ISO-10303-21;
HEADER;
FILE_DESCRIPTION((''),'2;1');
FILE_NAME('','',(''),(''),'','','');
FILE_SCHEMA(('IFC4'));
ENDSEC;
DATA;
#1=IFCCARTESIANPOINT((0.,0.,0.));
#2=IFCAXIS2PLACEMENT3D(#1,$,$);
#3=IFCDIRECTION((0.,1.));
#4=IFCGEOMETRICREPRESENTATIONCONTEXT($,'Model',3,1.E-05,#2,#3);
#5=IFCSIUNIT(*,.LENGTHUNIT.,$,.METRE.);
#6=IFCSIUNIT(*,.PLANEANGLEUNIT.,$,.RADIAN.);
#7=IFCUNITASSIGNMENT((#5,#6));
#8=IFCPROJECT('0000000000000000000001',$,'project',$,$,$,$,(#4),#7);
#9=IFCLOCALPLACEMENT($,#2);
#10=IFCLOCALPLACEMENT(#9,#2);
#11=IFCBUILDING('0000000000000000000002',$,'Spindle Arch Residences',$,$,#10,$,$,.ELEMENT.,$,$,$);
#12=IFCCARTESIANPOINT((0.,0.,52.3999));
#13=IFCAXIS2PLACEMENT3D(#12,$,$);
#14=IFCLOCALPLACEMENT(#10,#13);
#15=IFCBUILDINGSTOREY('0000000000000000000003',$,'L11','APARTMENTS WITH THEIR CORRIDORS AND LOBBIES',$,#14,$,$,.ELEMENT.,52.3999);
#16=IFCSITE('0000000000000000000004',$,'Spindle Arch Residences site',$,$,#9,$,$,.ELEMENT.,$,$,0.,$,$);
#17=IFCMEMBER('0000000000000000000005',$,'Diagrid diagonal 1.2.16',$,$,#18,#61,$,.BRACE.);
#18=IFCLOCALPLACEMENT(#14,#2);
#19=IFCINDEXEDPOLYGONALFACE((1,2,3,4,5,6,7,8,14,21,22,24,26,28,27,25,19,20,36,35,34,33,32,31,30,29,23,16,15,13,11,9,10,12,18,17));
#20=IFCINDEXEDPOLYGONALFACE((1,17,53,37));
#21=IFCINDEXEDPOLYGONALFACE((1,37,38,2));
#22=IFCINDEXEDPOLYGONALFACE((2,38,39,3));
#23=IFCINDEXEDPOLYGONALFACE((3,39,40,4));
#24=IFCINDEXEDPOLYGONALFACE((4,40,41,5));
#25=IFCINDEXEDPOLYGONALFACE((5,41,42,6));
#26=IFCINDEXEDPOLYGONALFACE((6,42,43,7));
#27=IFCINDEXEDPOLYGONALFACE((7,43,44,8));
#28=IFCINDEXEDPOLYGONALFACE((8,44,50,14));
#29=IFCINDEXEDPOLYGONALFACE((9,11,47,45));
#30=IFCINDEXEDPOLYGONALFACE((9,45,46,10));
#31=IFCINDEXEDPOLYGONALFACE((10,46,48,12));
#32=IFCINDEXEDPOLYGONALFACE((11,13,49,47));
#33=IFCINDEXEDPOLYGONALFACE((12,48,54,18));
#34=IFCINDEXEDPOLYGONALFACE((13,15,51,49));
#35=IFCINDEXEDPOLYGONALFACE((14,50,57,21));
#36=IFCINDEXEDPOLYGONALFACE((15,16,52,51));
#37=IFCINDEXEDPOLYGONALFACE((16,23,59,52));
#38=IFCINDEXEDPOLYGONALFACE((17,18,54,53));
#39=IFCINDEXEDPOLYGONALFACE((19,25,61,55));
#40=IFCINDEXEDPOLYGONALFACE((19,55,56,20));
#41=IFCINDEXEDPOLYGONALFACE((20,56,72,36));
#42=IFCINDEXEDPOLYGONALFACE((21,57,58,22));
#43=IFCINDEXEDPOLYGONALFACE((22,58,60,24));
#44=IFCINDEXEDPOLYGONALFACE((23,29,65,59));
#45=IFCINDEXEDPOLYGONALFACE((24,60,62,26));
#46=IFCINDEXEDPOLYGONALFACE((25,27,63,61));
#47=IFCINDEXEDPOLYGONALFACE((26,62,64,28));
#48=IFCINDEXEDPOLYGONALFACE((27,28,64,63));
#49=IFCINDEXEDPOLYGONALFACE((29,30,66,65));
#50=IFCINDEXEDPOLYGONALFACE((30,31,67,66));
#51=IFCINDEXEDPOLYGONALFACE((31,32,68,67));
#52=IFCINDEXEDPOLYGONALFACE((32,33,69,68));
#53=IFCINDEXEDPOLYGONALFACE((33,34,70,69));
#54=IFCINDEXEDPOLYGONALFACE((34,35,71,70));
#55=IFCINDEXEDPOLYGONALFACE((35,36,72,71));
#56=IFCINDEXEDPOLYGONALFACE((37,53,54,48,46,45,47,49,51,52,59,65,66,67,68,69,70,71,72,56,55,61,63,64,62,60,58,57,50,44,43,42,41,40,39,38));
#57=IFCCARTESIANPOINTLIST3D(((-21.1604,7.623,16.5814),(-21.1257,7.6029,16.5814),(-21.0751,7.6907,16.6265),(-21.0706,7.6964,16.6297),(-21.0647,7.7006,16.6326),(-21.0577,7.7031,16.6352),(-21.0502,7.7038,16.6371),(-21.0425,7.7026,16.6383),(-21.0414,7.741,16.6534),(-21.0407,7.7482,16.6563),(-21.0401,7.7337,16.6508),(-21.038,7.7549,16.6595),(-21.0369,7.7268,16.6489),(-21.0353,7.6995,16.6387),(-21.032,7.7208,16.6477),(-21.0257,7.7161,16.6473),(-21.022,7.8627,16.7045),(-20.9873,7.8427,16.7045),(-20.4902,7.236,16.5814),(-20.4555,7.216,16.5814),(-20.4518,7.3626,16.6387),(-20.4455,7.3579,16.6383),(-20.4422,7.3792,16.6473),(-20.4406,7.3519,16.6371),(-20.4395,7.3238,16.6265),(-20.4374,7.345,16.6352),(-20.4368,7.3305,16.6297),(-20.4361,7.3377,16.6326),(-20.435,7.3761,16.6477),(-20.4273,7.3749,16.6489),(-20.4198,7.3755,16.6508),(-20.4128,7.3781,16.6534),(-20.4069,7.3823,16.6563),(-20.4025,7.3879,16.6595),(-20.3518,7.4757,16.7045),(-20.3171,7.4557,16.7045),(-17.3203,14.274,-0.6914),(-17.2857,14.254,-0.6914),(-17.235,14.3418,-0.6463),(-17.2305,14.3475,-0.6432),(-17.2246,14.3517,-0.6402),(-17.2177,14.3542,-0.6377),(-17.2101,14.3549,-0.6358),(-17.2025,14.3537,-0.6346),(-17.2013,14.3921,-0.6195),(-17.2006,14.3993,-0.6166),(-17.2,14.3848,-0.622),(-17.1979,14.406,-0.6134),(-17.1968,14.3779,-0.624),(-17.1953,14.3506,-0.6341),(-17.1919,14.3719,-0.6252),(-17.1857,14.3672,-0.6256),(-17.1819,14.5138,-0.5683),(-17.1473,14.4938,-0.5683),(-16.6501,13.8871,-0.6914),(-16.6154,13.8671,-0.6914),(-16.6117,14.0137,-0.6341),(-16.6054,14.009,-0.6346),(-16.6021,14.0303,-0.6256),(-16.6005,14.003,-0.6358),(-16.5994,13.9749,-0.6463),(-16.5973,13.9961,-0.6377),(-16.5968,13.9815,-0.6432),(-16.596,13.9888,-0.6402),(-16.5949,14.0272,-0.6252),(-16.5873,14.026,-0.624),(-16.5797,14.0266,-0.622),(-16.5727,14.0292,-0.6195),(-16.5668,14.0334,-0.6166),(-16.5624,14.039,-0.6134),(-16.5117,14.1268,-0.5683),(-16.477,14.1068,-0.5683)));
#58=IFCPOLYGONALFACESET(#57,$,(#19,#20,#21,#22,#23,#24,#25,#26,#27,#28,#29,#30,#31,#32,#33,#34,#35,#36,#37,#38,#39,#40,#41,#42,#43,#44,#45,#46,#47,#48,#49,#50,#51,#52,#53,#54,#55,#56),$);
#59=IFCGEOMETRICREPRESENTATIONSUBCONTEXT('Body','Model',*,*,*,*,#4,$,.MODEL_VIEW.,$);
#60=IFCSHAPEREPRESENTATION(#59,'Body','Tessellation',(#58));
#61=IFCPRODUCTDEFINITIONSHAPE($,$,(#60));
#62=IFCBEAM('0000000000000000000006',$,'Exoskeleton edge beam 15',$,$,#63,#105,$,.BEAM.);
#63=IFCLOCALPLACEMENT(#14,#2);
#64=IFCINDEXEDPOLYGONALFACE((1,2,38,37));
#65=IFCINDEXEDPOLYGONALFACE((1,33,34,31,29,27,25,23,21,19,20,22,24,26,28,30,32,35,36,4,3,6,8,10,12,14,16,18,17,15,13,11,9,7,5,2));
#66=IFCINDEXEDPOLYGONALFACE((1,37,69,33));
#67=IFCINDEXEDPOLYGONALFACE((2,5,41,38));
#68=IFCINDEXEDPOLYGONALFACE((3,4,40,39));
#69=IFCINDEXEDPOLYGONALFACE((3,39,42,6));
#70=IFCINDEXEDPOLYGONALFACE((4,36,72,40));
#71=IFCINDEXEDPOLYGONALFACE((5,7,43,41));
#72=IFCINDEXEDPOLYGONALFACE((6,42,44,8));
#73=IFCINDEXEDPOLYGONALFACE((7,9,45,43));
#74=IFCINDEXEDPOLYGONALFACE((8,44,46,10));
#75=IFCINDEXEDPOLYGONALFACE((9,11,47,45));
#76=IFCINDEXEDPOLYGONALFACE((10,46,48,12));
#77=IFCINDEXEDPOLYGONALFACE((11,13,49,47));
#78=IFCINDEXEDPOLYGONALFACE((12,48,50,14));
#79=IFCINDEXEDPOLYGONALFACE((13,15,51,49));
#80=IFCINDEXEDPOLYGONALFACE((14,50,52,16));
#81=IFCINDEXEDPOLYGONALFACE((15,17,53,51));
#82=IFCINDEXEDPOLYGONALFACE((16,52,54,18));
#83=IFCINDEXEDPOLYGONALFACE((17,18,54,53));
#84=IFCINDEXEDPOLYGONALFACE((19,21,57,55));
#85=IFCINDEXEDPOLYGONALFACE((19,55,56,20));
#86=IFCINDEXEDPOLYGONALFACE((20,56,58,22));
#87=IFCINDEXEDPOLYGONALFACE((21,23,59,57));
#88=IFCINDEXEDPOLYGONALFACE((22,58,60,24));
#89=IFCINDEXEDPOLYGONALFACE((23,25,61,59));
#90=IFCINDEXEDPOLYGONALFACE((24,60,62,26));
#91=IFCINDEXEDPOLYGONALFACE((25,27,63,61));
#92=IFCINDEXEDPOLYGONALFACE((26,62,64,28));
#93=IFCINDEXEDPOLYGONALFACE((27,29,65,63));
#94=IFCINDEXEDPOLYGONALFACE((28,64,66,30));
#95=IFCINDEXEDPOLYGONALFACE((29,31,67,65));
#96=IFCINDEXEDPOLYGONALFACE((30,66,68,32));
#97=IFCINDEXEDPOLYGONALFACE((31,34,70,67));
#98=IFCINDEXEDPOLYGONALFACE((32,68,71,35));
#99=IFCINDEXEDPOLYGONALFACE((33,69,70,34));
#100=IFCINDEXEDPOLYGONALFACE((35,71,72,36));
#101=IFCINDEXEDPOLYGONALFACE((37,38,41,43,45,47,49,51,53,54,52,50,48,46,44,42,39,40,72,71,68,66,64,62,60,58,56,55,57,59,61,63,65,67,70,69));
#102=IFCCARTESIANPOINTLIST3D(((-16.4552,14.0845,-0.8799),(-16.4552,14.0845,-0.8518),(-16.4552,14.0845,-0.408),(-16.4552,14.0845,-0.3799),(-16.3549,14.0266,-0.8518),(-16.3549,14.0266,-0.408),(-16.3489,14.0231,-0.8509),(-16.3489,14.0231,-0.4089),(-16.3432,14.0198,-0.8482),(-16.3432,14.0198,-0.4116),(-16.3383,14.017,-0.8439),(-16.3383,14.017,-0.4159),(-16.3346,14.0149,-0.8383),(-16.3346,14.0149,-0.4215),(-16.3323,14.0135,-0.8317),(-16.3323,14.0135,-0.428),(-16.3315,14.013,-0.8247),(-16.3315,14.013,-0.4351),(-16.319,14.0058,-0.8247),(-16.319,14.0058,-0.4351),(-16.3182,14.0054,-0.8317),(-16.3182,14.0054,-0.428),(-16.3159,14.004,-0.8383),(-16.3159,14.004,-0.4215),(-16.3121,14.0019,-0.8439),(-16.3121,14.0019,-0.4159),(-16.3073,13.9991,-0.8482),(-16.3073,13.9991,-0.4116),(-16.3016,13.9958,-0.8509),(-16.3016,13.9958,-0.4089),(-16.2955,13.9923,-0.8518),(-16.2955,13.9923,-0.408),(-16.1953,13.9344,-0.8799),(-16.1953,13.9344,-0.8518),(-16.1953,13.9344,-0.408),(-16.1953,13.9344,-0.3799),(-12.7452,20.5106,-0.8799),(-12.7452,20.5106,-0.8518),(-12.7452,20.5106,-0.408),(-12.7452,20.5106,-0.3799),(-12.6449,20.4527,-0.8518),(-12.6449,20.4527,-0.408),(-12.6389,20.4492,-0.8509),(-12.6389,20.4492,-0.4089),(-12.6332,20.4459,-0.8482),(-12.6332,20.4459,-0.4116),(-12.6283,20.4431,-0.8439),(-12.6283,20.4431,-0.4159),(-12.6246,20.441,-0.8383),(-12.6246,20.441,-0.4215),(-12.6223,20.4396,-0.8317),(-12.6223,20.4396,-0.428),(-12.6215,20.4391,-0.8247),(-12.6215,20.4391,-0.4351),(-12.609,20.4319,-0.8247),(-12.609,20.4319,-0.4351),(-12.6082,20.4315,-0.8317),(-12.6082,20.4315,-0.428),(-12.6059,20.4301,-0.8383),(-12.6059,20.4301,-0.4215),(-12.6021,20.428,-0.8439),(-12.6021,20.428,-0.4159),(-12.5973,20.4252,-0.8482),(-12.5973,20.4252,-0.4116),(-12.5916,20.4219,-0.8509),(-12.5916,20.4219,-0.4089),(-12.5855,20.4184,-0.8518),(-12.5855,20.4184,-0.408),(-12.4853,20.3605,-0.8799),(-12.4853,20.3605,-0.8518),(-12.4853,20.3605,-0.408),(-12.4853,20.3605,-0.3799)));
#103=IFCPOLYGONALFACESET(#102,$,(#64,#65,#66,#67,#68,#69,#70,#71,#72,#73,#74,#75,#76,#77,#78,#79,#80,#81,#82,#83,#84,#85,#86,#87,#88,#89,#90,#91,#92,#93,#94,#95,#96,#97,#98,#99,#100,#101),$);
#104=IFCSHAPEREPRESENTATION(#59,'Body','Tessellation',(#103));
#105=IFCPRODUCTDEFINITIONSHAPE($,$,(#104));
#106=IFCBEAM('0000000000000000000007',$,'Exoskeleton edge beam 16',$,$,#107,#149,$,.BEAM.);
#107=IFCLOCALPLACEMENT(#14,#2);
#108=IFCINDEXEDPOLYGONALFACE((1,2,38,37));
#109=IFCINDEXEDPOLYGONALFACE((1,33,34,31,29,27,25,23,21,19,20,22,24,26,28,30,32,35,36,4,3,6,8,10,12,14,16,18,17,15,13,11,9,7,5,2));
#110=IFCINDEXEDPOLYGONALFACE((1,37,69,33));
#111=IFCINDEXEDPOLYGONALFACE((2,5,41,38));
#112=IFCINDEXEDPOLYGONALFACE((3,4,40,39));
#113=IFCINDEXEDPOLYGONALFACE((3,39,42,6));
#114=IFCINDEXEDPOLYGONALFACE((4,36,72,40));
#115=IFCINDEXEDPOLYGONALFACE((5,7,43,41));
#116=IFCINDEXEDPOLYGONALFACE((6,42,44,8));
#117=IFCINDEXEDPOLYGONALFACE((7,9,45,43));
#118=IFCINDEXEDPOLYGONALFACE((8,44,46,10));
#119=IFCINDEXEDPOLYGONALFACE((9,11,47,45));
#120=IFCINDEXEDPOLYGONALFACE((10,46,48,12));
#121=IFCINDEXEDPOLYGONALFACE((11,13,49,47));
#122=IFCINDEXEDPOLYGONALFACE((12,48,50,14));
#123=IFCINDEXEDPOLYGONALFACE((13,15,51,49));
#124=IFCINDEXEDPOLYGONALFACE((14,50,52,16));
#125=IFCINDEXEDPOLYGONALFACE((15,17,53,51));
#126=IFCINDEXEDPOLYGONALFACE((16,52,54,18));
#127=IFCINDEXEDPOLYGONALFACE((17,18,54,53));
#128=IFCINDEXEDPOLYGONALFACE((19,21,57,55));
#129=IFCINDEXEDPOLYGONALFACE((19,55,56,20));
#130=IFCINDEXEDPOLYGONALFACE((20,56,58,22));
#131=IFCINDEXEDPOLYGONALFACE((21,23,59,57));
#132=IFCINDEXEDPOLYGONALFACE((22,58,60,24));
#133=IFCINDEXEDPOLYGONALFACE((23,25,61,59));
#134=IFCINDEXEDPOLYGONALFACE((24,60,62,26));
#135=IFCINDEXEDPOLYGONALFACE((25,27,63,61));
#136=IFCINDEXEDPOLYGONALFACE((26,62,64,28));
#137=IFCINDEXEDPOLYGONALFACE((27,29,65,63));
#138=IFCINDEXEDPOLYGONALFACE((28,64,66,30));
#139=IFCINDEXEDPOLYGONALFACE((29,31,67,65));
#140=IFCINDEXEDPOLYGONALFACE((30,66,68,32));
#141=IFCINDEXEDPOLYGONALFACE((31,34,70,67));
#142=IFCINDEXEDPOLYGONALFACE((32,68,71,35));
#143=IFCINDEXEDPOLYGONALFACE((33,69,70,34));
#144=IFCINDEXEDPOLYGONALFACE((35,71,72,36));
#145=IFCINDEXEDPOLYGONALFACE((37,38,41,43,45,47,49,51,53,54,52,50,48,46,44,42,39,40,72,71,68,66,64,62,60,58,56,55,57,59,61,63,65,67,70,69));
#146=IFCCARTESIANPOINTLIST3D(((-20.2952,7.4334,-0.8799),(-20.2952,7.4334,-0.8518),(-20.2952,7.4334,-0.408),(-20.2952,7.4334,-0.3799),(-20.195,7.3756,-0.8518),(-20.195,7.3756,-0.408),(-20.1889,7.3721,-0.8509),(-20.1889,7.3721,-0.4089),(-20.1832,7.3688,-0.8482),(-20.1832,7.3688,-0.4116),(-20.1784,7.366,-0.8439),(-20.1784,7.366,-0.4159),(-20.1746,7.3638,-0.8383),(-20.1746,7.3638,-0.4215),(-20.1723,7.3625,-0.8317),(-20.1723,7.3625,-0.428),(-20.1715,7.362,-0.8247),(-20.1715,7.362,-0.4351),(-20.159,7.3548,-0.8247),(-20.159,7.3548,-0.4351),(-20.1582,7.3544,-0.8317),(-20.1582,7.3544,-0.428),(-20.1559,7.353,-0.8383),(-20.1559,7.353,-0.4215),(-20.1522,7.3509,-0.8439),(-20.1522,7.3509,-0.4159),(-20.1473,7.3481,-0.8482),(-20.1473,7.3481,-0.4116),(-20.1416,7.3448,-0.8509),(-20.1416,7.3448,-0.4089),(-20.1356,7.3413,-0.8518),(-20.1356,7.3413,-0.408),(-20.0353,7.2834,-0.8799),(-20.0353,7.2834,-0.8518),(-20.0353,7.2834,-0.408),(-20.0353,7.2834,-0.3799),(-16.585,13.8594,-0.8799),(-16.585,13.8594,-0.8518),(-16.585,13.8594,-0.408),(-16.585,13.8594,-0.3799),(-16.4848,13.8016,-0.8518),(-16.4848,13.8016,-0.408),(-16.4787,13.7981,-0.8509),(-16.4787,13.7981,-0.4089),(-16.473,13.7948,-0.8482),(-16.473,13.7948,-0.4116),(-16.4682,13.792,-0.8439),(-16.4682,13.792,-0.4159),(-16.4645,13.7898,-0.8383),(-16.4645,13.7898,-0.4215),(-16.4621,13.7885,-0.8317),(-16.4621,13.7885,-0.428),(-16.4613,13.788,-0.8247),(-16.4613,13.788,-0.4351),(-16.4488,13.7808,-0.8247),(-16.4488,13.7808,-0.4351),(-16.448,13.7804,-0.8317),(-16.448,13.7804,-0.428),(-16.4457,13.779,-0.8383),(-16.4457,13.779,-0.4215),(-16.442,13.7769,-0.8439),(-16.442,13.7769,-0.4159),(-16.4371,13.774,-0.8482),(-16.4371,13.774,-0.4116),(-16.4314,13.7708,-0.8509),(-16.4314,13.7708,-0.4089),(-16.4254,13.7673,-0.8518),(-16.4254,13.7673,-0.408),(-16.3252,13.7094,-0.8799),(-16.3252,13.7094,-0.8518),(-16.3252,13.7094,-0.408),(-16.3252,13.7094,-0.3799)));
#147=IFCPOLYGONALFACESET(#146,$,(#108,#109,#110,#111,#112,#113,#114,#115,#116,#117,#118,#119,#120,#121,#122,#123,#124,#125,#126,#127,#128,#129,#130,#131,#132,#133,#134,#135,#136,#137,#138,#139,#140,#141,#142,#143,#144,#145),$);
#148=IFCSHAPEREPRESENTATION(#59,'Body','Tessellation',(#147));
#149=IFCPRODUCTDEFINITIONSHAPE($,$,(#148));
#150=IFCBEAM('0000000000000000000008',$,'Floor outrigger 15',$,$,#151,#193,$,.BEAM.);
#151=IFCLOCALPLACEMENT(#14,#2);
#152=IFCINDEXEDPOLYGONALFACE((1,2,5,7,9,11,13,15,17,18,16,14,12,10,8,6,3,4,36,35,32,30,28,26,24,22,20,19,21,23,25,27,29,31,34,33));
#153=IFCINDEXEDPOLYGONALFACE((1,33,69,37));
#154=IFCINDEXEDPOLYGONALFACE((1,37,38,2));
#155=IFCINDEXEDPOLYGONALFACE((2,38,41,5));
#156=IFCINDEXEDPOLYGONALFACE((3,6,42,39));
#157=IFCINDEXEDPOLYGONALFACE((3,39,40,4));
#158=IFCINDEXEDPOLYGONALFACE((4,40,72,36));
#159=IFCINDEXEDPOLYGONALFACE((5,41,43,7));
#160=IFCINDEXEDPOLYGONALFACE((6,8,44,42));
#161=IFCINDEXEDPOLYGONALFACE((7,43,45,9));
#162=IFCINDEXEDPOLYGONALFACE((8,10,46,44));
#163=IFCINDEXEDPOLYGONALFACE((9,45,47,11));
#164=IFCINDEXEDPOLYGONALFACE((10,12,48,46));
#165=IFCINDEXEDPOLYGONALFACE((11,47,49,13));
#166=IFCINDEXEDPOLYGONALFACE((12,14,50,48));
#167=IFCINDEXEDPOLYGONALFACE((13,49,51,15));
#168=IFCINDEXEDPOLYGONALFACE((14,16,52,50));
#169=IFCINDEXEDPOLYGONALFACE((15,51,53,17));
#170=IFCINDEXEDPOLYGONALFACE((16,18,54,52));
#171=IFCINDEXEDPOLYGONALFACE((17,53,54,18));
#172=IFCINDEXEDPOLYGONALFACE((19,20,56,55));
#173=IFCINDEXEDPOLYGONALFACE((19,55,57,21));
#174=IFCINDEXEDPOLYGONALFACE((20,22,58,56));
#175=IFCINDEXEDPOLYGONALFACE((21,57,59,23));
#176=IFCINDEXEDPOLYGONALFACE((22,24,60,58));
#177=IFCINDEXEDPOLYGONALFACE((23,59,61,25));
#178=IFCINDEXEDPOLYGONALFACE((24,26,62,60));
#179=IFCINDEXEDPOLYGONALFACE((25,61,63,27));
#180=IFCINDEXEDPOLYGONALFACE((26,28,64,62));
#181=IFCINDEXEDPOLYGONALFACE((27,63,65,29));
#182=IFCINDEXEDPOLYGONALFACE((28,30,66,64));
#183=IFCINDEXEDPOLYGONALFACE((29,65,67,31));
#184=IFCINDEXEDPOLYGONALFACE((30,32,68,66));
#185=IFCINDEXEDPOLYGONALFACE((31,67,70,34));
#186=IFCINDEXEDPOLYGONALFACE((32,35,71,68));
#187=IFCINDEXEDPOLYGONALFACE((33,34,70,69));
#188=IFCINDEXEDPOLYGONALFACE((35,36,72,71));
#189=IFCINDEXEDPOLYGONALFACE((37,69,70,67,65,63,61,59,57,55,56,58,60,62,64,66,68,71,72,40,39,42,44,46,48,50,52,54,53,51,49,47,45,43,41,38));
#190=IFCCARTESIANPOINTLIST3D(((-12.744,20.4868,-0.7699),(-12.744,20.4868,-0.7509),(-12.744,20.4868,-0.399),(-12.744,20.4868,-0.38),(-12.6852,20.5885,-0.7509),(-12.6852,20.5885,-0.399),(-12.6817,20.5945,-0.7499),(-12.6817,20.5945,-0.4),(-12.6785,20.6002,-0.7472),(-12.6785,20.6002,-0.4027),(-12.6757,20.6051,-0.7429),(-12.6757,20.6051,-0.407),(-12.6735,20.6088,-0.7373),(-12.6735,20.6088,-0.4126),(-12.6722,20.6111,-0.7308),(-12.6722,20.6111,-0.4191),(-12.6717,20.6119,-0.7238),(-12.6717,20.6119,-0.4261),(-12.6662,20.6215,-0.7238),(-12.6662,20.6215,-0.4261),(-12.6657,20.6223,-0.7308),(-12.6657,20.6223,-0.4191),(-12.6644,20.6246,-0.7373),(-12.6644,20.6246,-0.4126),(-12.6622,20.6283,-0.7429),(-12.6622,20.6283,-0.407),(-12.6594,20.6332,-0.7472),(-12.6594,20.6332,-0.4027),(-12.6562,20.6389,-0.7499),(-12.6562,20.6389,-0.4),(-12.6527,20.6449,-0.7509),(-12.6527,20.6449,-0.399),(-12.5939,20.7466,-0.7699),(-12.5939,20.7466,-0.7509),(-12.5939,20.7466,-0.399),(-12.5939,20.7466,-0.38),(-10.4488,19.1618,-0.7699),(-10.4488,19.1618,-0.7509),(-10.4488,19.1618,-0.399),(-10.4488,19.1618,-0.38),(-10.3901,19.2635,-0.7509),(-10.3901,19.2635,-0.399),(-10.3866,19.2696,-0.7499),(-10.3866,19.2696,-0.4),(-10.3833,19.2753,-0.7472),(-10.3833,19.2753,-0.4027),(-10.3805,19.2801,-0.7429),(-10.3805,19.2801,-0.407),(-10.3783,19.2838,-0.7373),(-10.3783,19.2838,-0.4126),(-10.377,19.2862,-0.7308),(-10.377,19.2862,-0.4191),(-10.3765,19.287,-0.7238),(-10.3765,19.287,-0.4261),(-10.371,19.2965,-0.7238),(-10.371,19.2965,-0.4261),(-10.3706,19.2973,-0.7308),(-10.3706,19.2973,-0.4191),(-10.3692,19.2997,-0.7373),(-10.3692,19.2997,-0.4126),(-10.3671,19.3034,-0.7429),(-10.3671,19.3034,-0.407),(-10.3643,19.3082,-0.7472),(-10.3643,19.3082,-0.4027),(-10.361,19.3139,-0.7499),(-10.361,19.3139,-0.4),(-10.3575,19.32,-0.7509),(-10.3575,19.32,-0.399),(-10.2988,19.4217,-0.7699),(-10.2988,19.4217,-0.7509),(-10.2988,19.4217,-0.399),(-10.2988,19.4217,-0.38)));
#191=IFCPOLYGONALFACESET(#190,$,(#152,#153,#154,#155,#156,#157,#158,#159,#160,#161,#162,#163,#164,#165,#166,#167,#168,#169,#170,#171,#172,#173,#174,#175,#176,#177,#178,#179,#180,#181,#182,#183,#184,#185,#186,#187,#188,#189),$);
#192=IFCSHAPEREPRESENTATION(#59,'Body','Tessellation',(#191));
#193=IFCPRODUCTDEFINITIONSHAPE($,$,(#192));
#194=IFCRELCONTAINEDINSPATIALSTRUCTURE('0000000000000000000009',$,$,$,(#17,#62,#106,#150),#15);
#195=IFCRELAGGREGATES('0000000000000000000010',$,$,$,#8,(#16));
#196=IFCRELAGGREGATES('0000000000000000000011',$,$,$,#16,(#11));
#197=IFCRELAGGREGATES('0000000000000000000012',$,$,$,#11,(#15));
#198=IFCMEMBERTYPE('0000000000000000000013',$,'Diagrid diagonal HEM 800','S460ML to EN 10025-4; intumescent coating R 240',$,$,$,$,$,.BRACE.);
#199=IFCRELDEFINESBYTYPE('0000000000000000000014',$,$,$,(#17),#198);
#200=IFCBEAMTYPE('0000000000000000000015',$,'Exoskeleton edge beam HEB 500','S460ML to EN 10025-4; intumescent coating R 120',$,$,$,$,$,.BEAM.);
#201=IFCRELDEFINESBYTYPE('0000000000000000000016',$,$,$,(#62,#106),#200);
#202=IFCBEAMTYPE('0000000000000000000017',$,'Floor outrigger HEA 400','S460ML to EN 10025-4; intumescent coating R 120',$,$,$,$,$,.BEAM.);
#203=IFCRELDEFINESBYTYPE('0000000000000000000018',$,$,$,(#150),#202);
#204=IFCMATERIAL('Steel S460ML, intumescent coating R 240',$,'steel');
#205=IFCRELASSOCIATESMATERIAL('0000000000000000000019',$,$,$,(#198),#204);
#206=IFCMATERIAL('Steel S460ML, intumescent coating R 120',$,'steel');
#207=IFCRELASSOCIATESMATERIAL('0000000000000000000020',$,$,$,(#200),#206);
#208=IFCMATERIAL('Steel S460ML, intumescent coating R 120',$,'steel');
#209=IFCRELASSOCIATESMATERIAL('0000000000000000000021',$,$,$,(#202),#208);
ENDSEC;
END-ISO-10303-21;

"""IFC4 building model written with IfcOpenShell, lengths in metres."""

from ifc_helpers import new_model, si_unit, direction, frame, origin, origin_2d, place, context, subcontext, project, spatial, i_section, extrude, material, material_profile, profile_set, type_object, element, save


model = new_model("IFC4")

# Units and contexts
model_context = context("Model", 3, precision=1e-05, world=origin(), true_north=direction((0.0, 1.0)))
body_context = subcontext(model_context, "Body", "Model", "MODEL_VIEW")
ifc_project = project(units=[si_unit("LENGTHUNIT", "METRE"), si_unit("PLANEANGLEUNIT", "RADIAN")], contexts=[model_context])

# Site, building, storey
site_placement = place(None, origin())
site = spatial("IfcSite", under=ifc_project, at=site_placement, Name="Spindle Arch Residences site", CompositionType="ELEMENT", RefElevation=0.0)
building_placement = place(site_placement, origin())
building = spatial("IfcBuilding", under=site, at=building_placement, Name="Spindle Arch Residences", CompositionType="ELEMENT")
storey_placement = place(building_placement, frame((0.0, 0.0, 52.3999)))
storey = spatial("IfcBuildingStorey", under=building, at=storey_placement, Name="L11", Description="APARTMENTS WITH THEIR CORRIDORS AND LOBBIES", CompositionType="ELEMENT", Elevation=52.3999)

# Member
ifc_material_1 = material(Name="Steel S460ML, intumescent coating R 240", Category="steel")
ifc_material_profile_1 = material_profile(ifc_material_1, i_section(OverallWidth=0.303, OverallDepth=0.814, WebThickness=0.021, FlangeThickness=0.04, FilletRadius=0.03, at=origin_2d()), Name="HEM 800")
ifc_profile_set_1 = profile_set([ifc_material_profile_1], Name="Steel S460ML, intumescent coating R 240")
member_type_1 = type_object("IfcMemberType", Name="Diagrid diagonal HEM 800", Description="S460ML to EN 10025-4; intumescent coating R 240", PredefinedType="BRACE", material=ifc_profile_set_1)
member_1_placement = place(storey_placement, frame((-16.8987, 14.1904, -0.6299), z_axis=(-0.203143, -0.351848, 0.913748), x_axis=(0.45688, 0.791326, 0.406281)))
element("IfcMember", 1, at=member_1_placement, inside=storey, type_object=member_type_1, Name="Diagrid diagonal 1.2.16", PredefinedType="BRACE", context=body_context, shape_type="SweptSolid", body=[
    extrude(i_section(OverallWidth=0.303, OverallDepth=0.814, WebThickness=0.021, FlangeThickness=0.04, FilletRadius=0.03, at=origin_2d()), origin(), (0.0, 0.0, 1.0), 18.9033),
])

# Beams
ifc_material_2 = material(Name="Steel S460ML, intumescent coating R 120", Category="steel")
ifc_material_profile_2 = material_profile(ifc_material_2, i_section(OverallWidth=0.3, OverallDepth=0.5, WebThickness=0.0144, FlangeThickness=0.0281, FilletRadius=0.0271, at=origin_2d()), Name="HEB 500")
ifc_profile_set_2 = profile_set([ifc_material_profile_2], Name="Steel S460ML, intumescent coating R 120")
beam_type_1 = type_object("IfcBeamType", Name="Exoskeleton edge beam HEB 500", Description="S460ML to EN 10025-4; intumescent coating R 120", PredefinedType="BEAM", material=ifc_profile_set_2)
for number, where, z_axis, x_axis, name in (
    (2, (-12.6152, 20.4355, -0.6299), (-0.499989, -0.866032, 0.0), (0.866032, -0.499989, 0.0), "Exoskeleton edge beam 15"),
    (3, (-16.4551, 13.7844, -0.6299), (-0.500014, -0.866017, 0.0), (0.866017, -0.500014, 0.0), "Exoskeleton edge beam 16"),
):
    element("IfcBeam", number, at=place(storey_placement, frame(where, z_axis=z_axis, x_axis=x_axis)), inside=storey, type_object=beam_type_1, Name=name, PredefinedType="BEAM", context=body_context, shape_type="SweptSolid", body=[
        extrude(i_section(OverallWidth=0.3, OverallDepth=0.5, WebThickness=0.0144, FlangeThickness=0.0281, FilletRadius=0.0271, at=origin_2d()), origin(), (0.0, 0.0, 1.0), 7.4202),
    ])
ifc_material_3 = material(Name="Steel S460ML, intumescent coating R 120", Category="steel")
ifc_material_profile_3 = material_profile(ifc_material_3, i_section(OverallWidth=0.3, OverallDepth=0.3899, WebThickness=0.011, FlangeThickness=0.019, FilletRadius=0.0271, at=origin_2d()), Name="HEA 400")
ifc_profile_set_3 = profile_set([ifc_material_profile_3], Name="Steel S460ML, intumescent coating R 120")
beam_type_2 = type_object("IfcBeamType", Name="Floor outrigger HEA 400", Description="S460ML to EN 10025-4; intumescent coating R 120", PredefinedType="BEAM", material=ifc_profile_set_3)
for number, where, z_axis, x_axis, name in (
    (4, (-12.6689, 20.6167, -0.575), (0.866052, -0.499954, 0.0), (0.499954, 0.866052, 0.0), "Floor outrigger 15"),
):
    element("IfcBeam", number, at=place(storey_placement, frame(where, z_axis=z_axis, x_axis=x_axis)), inside=storey, type_object=beam_type_2, Name=name, PredefinedType="BEAM", context=body_context, shape_type="SweptSolid", body=[
        extrude(i_section(OverallWidth=0.3, OverallDepth=0.3899, WebThickness=0.011, FlangeThickness=0.019, FilletRadius=0.0271, at=origin_2d()), origin(), (0.0, 0.0, 1.0), 2.6501),
    ])

save(model, "model.ifc")
